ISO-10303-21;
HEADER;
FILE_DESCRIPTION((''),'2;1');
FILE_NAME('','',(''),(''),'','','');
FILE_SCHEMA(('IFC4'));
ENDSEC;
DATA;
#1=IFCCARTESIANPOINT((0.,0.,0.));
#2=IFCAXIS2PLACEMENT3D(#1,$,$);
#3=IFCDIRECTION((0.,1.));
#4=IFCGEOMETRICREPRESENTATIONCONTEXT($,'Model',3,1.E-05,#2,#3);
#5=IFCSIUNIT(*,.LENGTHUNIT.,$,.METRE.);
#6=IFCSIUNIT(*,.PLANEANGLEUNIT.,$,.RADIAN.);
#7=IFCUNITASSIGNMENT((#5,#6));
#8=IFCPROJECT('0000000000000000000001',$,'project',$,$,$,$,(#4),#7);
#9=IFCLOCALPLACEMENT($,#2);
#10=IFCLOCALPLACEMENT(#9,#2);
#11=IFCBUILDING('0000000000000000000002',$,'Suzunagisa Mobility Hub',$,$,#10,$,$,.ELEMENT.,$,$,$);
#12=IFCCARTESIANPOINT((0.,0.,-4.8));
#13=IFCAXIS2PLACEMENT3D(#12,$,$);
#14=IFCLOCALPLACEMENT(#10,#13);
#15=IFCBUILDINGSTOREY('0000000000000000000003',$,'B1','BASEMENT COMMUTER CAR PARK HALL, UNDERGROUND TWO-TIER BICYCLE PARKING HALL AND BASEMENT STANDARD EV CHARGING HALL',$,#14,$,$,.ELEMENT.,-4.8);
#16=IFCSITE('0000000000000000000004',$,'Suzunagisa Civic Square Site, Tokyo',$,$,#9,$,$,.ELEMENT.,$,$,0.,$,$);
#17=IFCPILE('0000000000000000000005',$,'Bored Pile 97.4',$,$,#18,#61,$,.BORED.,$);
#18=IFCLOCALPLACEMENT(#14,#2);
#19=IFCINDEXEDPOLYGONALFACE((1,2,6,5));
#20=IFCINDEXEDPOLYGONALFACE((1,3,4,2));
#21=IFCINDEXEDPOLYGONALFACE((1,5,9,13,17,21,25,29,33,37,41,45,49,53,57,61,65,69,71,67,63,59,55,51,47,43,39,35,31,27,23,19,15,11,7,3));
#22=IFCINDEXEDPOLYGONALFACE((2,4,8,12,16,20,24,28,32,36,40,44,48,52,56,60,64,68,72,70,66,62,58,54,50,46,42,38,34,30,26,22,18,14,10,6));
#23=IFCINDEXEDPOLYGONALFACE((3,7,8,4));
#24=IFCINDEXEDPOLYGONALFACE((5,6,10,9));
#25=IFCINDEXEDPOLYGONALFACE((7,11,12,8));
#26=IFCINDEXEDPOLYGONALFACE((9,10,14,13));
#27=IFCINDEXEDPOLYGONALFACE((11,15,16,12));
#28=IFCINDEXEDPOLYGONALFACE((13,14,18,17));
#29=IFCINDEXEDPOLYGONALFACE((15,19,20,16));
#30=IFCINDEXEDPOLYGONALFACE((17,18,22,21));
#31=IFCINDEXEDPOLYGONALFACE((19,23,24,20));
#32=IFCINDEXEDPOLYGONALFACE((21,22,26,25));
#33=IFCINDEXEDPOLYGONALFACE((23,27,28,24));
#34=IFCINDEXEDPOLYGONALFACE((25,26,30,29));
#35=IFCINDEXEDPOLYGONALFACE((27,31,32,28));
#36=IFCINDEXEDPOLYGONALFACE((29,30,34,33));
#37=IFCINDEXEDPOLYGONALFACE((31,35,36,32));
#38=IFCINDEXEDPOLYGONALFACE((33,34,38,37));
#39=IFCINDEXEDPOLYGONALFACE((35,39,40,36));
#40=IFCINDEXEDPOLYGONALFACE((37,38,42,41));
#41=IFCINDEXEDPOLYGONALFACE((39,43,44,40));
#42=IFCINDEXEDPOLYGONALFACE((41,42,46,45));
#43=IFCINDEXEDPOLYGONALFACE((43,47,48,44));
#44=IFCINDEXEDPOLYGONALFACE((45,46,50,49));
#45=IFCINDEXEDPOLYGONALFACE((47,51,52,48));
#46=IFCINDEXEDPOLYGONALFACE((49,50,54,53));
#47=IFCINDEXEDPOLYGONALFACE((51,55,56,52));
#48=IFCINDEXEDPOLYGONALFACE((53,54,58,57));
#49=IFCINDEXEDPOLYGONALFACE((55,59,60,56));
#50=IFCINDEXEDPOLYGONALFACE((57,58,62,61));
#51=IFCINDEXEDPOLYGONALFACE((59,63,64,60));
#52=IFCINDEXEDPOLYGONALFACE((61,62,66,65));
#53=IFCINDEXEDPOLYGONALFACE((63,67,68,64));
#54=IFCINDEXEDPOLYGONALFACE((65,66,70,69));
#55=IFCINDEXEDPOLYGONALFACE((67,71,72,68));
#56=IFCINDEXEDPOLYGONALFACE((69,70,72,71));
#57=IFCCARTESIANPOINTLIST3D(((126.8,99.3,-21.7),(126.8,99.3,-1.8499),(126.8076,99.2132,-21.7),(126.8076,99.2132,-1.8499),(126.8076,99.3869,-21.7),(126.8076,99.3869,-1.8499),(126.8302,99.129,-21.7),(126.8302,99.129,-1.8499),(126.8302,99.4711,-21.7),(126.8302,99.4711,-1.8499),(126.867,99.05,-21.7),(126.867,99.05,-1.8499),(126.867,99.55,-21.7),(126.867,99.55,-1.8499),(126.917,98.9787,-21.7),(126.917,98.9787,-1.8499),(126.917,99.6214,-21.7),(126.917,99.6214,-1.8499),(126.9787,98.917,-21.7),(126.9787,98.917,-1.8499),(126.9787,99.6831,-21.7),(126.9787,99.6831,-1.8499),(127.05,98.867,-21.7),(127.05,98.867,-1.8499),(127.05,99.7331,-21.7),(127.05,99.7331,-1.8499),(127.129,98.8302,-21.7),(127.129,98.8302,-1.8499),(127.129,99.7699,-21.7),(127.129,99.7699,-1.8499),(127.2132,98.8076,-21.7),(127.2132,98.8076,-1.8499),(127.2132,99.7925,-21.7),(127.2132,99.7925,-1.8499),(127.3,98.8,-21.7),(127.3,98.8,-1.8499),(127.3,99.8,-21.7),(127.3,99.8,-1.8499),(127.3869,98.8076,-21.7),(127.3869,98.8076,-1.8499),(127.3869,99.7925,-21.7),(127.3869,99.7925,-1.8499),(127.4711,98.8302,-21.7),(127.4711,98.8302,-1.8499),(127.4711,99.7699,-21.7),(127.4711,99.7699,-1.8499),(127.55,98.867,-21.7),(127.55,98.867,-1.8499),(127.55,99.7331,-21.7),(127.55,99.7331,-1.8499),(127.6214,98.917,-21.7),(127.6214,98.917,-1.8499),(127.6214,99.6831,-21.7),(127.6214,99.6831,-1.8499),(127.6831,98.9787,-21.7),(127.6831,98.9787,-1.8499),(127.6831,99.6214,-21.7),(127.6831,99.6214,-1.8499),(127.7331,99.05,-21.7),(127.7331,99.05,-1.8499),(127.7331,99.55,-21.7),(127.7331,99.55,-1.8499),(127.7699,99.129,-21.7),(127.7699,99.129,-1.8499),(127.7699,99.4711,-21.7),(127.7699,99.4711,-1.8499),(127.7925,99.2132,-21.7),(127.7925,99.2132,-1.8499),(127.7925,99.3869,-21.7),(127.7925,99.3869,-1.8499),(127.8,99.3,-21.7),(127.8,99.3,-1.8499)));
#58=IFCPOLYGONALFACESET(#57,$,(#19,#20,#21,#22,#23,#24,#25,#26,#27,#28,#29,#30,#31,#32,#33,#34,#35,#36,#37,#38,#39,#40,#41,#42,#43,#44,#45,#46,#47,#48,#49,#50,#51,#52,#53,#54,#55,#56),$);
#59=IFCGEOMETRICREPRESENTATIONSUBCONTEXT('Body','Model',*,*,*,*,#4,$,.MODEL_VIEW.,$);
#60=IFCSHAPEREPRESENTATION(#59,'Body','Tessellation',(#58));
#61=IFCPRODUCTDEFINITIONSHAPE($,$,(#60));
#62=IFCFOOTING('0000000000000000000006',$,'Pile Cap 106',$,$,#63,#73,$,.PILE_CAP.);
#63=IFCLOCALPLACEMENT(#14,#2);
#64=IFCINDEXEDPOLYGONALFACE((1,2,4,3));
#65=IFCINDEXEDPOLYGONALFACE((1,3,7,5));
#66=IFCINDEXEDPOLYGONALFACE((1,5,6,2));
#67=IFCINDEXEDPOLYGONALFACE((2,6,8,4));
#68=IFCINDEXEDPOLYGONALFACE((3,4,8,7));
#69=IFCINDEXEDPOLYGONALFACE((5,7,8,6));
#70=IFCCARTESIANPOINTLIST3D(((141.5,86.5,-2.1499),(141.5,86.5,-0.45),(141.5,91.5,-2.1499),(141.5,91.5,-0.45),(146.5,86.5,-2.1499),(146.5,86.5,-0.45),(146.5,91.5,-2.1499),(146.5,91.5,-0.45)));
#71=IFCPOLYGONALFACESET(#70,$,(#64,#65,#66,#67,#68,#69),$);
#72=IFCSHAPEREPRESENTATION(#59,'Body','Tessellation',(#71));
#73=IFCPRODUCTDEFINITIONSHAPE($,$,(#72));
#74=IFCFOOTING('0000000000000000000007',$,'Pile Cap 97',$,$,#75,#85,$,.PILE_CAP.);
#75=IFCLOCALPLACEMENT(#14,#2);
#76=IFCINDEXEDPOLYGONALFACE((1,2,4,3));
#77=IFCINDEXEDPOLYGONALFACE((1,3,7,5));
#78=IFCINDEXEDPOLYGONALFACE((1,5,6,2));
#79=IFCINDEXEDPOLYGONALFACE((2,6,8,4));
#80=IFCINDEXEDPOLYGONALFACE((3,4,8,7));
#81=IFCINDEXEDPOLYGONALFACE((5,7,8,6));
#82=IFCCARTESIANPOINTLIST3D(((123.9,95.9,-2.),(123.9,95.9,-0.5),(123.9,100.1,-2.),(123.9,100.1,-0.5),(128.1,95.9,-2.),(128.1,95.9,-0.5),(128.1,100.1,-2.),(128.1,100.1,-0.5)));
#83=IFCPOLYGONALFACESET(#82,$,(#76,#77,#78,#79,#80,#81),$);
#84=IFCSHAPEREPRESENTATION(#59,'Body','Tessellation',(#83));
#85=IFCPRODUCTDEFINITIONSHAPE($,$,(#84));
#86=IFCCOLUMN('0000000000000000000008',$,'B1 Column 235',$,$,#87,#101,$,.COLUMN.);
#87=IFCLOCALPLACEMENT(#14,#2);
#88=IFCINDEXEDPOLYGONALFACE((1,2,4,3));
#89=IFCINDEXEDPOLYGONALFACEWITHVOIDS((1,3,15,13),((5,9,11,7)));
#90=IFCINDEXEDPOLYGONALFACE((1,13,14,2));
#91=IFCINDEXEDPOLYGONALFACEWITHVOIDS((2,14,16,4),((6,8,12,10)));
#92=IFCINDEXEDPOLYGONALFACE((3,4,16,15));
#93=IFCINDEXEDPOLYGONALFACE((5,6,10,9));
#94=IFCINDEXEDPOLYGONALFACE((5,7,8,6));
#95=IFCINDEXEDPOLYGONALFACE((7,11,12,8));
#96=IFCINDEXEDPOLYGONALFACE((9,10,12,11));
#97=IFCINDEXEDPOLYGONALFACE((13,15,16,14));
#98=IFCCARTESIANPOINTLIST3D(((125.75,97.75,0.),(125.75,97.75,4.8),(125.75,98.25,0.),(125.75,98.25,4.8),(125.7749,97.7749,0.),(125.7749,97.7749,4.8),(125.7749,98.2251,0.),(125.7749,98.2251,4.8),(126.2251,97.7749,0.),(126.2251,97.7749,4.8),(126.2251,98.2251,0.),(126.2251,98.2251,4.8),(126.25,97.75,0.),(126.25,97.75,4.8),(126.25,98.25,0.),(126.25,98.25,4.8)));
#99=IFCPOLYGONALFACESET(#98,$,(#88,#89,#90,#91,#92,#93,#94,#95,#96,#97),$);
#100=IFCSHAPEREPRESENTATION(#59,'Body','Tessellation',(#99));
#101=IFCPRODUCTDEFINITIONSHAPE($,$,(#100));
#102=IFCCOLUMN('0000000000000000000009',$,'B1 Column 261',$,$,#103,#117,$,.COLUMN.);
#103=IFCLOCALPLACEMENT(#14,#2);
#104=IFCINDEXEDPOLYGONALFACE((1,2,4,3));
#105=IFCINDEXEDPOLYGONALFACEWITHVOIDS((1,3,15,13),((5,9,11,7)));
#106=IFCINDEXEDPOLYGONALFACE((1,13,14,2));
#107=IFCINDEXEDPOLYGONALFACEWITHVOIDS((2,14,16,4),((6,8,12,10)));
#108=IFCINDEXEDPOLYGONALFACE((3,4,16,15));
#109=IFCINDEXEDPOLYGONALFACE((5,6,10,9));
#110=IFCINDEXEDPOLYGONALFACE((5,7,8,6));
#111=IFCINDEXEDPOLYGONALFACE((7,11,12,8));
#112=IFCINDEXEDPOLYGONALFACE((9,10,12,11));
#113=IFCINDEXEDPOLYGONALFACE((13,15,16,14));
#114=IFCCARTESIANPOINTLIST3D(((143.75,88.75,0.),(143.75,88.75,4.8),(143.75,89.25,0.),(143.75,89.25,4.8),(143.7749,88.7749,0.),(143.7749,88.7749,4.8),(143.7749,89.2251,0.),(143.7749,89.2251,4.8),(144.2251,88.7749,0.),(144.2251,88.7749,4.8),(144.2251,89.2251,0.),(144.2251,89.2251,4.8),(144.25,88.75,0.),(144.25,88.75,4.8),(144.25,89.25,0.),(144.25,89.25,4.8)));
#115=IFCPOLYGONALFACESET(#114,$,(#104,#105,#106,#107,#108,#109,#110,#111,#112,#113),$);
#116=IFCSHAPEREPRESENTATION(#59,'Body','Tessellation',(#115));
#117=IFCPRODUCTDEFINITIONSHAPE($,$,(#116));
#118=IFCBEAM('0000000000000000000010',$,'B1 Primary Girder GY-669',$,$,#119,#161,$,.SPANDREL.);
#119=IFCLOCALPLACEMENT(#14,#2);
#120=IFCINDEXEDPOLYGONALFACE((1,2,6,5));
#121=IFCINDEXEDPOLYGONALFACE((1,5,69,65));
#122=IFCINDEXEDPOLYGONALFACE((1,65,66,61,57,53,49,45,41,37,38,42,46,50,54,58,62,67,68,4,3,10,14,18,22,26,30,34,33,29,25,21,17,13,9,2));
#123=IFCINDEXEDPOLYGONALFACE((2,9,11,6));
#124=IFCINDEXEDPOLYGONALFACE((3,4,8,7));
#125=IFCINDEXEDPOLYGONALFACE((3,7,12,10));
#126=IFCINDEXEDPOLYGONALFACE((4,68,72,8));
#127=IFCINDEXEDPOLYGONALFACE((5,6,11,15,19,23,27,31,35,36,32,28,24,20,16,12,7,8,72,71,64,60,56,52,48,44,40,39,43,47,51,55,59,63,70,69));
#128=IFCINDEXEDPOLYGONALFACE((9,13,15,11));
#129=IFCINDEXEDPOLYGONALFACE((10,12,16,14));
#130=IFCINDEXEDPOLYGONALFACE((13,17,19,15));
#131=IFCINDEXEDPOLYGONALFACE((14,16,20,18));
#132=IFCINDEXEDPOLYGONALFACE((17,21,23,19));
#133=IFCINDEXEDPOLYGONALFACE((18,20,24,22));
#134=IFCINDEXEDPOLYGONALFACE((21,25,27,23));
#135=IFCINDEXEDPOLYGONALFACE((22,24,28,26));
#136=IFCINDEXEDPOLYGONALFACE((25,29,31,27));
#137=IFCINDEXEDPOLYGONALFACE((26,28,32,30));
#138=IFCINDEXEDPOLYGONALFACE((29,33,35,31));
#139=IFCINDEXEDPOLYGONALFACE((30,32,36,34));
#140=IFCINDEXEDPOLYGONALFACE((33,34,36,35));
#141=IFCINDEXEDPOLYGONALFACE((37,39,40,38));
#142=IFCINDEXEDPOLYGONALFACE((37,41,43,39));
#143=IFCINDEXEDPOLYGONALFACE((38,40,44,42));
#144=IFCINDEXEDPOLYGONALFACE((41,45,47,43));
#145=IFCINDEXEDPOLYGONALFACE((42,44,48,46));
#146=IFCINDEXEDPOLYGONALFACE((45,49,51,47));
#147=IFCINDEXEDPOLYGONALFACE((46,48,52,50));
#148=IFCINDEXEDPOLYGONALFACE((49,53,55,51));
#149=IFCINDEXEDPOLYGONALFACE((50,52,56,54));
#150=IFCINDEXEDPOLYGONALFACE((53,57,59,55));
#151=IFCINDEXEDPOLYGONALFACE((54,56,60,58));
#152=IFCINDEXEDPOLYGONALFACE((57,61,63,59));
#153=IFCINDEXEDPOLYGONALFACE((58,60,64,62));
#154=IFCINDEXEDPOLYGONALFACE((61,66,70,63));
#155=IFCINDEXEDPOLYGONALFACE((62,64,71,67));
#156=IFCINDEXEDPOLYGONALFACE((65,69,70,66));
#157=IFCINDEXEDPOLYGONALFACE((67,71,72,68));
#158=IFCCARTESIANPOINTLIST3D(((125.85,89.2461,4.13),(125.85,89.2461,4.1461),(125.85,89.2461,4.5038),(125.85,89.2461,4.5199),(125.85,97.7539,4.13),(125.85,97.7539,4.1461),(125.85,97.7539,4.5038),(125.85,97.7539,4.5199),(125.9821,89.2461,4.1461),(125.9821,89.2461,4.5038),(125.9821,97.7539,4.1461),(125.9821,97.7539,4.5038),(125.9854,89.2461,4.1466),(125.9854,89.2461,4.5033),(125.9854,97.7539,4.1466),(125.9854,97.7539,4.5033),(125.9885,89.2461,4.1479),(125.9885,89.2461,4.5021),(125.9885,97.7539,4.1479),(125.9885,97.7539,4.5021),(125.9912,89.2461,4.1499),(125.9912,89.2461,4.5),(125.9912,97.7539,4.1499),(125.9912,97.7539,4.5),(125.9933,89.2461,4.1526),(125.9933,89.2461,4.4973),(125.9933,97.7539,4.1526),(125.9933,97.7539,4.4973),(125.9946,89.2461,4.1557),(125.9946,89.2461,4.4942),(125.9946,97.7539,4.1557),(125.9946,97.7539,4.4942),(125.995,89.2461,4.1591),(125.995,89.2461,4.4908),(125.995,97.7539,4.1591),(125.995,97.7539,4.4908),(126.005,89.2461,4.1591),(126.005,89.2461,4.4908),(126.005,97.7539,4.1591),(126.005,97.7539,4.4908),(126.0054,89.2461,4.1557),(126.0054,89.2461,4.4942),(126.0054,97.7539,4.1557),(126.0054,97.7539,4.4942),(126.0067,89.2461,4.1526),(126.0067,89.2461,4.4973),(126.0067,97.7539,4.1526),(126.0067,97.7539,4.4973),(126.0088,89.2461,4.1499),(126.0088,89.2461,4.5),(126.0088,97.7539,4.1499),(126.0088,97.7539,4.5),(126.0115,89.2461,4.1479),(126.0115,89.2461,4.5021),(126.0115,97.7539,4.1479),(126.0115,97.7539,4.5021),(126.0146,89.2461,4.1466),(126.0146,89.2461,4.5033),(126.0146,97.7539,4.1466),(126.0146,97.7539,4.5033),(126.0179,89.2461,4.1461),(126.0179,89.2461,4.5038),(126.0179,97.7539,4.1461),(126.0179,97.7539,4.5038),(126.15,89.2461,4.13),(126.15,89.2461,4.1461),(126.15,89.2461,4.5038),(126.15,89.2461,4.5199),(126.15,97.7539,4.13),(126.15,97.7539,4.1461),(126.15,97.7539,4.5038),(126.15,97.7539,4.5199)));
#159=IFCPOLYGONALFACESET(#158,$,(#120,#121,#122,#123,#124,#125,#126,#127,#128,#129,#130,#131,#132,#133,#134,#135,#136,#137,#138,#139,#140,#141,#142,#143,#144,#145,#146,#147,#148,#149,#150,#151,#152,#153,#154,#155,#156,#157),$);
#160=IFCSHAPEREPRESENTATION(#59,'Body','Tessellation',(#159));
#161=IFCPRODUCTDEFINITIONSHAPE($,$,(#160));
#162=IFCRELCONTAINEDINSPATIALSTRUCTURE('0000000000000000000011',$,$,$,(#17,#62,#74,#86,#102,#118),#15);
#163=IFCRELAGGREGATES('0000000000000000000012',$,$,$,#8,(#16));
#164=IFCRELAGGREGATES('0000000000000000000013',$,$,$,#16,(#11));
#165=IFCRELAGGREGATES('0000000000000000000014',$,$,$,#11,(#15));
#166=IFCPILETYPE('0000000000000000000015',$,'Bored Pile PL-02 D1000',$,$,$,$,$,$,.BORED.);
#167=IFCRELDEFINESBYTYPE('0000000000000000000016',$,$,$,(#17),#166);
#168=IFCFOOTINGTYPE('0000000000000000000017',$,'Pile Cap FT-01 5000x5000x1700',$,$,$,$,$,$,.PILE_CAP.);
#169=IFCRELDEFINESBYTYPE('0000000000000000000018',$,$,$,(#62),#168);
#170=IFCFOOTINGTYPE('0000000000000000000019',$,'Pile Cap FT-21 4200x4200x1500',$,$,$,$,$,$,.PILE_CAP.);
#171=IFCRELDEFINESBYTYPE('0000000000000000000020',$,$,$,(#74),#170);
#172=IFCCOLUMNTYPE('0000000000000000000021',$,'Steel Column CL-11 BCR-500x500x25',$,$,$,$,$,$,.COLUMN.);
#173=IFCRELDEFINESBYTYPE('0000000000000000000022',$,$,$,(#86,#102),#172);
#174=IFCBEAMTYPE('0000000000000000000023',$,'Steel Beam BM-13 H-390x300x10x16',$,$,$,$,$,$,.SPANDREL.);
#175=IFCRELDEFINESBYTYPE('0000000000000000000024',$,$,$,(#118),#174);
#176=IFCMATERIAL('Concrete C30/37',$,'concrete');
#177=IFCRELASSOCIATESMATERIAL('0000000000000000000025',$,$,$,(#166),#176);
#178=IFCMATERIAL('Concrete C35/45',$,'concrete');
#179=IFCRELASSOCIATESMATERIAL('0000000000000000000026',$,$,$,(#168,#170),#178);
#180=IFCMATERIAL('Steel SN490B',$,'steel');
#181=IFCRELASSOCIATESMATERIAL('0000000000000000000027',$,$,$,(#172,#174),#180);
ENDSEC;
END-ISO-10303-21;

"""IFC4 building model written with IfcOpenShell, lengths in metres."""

from ifc_helpers import new_model, si_unit, direction, frame, origin, origin_2d, place, context, subcontext, project, spatial, rectangle, hollow_rectangle, circle, i_section, extrude, material, material_profile, profile_set, type_object, element, save


model = new_model("IFC4")

# Units and contexts
model_context = context("Model", 3, precision=1e-05, world=origin(), true_north=direction((0.0, 1.0)))
body_context = subcontext(model_context, "Body", "Model", "MODEL_VIEW")
ifc_project = project(units=[si_unit("LENGTHUNIT", "METRE"), si_unit("PLANEANGLEUNIT", "RADIAN")], contexts=[model_context])

# Site, building, storey
site_placement = place(None, origin())
site = spatial("IfcSite", under=ifc_project, at=site_placement, Name="Suzunagisa Civic Square Site, Tokyo", CompositionType="ELEMENT", RefElevation=0.0)
building_placement = place(site_placement, origin())
building = spatial("IfcBuilding", under=site, at=building_placement, Name="Suzunagisa Mobility Hub", CompositionType="ELEMENT")
storey_placement = place(building_placement, frame((0.0, 0.0, -4.8)))
storey = spatial("IfcBuildingStorey", under=building, at=storey_placement, Name="B1", Description="BASEMENT COMMUTER CAR PARK HALL, UNDERGROUND TWO-TIER BICYCLE PARKING HALL AND BASEMENT STANDARD EV CHARGING HALL", CompositionType="ELEMENT", Elevation=-4.8)

# Pile
ifc_material_1 = material(Name="Concrete C30/37", Category="concrete")
ifc_material_profile_1 = material_profile(ifc_material_1, circle(Radius=0.5, at=origin_2d()), Name="BORED PILE D1000")
ifc_profile_set_1 = profile_set([ifc_material_profile_1], Name="Concrete C30/37")
pile_type_1 = type_object("IfcPileType", Name="Bored Pile PL-02 D1000", PredefinedType="BORED", material=ifc_profile_set_1)
for number, where, z_axis, x_axis, name in (
    (1, (127.3, 99.3, -1.8499), (0.0, 0.0, -1.0), (1.0, 0.0, 0.0), "Bored Pile 97.4"),
):
    element("IfcPile", number, at=place(storey_placement, frame(where, z_axis=z_axis, x_axis=x_axis)), inside=storey, type_object=pile_type_1, Name=name, PredefinedType="BORED", context=body_context, shape_type="SweptSolid", body=[
        extrude(circle(Radius=0.5, at=origin_2d()), origin(), (0.0, 0.0, 1.0), 19.8501),
    ])

# Footings
ifc_material_2 = material(Name="Concrete C35/45", Category="concrete")
footing_type_1 = type_object("IfcFootingType", Name="Pile Cap FT-01 5000x5000x1700", PredefinedType="PILE_CAP", material=ifc_material_2)
footing_1_placement = place(storey_placement, frame((144.0, 89.0, -2.1499), z_axis=(0.0, 0.0, 1.0), x_axis=(1.0, 0.0, 0.0)))
element("IfcFooting", 2, at=footing_1_placement, inside=storey, type_object=footing_type_1, Name="Pile Cap 106", PredefinedType="PILE_CAP", context=body_context, shape_type="SweptSolid", body=[
    extrude(rectangle(XDim=5.0, YDim=5.0, at=origin_2d()), origin(), (0.0, 0.0, 1.0), 1.7),
])
footing_type_2 = type_object("IfcFootingType", Name="Pile Cap FT-21 4200x4200x1500", PredefinedType="PILE_CAP", material=ifc_material_2)
footing_2_placement = place(storey_placement, frame((126.0, 98.0, -2.0), z_axis=(0.0, 0.0, 1.0), x_axis=(1.0, 0.0, 0.0)))
element("IfcFooting", 3, at=footing_2_placement, inside=storey, type_object=footing_type_2, Name="Pile Cap 97", PredefinedType="PILE_CAP", context=body_context, shape_type="SweptSolid", body=[
    extrude(rectangle(XDim=4.2, YDim=4.2, at=origin_2d()), origin(), (0.0, 0.0, 1.0), 1.5),
])

# Columns
ifc_material_3 = material(Name="Steel SN490B", Category="steel")
ifc_material_profile_2 = material_profile(ifc_material_3, hollow_rectangle(XDim=0.5, YDim=0.5, WallThickness=0.0249, at=origin_2d()), Name="BCR-500x500x25")
ifc_profile_set_2 = profile_set([ifc_material_profile_2], Name="Steel SN490B")
column_type = type_object("IfcColumnType", Name="Steel Column CL-11 BCR-500x500x25", PredefinedType="COLUMN", material=ifc_profile_set_2)
for number, where, z_axis, x_axis, name in (
    (4, (126.0, 98.0, 0.0), (0.0, 0.0, 1.0), (1.0, 0.0, 0.0), "B1 Column 235"),
    (5, (144.0, 89.0, 0.0), (0.0, 0.0, 1.0), (1.0, 0.0, 0.0), "B1 Column 261"),
):
    element("IfcColumn", number, at=place(storey_placement, frame(where, z_axis=z_axis, x_axis=x_axis)), inside=storey, type_object=column_type, Name=name, PredefinedType="COLUMN", context=body_context, shape_type="SweptSolid", body=[
        extrude(hollow_rectangle(XDim=0.5, YDim=0.5, WallThickness=0.0249, at=origin_2d()), origin(), (0.0, 0.0, 1.0), 4.8),
    ])

# Beam
ifc_material_profile_3 = material_profile(ifc_material_3, i_section(OverallWidth=0.3, OverallDepth=0.3899, WebThickness=0.01, FlangeThickness=0.0161, FilletRadius=0.0129, at=origin_2d()), Name="H-390x300x10x16")
ifc_profile_set_3 = profile_set([ifc_material_profile_3], Name="Steel SN490B")
beam_type = type_object("IfcBeamType", Name="Steel Beam BM-13 H-390x300x10x16", PredefinedType="SPANDREL", material=ifc_profile_set_3)
beam_1_placement = place(storey_placement, frame((126.0, 89.2461, 4.325), z_axis=(0.0, 1.0, 0.0), x_axis=(-1.0, 0.0, 0.0)))
element("IfcBeam", 6, at=beam_1_placement, inside=storey, type_object=beam_type, Name="B1 Primary Girder GY-669", PredefinedType="SPANDREL", context=body_context, shape_type="SweptSolid", body=[
    extrude(i_section(OverallWidth=0.3, OverallDepth=0.3899, WebThickness=0.01, FlangeThickness=0.0161, FilletRadius=0.0129, at=origin_2d()), origin(), (0.0, 0.0, 1.0), 8.5078),
])

save(model, "model.ifc")
